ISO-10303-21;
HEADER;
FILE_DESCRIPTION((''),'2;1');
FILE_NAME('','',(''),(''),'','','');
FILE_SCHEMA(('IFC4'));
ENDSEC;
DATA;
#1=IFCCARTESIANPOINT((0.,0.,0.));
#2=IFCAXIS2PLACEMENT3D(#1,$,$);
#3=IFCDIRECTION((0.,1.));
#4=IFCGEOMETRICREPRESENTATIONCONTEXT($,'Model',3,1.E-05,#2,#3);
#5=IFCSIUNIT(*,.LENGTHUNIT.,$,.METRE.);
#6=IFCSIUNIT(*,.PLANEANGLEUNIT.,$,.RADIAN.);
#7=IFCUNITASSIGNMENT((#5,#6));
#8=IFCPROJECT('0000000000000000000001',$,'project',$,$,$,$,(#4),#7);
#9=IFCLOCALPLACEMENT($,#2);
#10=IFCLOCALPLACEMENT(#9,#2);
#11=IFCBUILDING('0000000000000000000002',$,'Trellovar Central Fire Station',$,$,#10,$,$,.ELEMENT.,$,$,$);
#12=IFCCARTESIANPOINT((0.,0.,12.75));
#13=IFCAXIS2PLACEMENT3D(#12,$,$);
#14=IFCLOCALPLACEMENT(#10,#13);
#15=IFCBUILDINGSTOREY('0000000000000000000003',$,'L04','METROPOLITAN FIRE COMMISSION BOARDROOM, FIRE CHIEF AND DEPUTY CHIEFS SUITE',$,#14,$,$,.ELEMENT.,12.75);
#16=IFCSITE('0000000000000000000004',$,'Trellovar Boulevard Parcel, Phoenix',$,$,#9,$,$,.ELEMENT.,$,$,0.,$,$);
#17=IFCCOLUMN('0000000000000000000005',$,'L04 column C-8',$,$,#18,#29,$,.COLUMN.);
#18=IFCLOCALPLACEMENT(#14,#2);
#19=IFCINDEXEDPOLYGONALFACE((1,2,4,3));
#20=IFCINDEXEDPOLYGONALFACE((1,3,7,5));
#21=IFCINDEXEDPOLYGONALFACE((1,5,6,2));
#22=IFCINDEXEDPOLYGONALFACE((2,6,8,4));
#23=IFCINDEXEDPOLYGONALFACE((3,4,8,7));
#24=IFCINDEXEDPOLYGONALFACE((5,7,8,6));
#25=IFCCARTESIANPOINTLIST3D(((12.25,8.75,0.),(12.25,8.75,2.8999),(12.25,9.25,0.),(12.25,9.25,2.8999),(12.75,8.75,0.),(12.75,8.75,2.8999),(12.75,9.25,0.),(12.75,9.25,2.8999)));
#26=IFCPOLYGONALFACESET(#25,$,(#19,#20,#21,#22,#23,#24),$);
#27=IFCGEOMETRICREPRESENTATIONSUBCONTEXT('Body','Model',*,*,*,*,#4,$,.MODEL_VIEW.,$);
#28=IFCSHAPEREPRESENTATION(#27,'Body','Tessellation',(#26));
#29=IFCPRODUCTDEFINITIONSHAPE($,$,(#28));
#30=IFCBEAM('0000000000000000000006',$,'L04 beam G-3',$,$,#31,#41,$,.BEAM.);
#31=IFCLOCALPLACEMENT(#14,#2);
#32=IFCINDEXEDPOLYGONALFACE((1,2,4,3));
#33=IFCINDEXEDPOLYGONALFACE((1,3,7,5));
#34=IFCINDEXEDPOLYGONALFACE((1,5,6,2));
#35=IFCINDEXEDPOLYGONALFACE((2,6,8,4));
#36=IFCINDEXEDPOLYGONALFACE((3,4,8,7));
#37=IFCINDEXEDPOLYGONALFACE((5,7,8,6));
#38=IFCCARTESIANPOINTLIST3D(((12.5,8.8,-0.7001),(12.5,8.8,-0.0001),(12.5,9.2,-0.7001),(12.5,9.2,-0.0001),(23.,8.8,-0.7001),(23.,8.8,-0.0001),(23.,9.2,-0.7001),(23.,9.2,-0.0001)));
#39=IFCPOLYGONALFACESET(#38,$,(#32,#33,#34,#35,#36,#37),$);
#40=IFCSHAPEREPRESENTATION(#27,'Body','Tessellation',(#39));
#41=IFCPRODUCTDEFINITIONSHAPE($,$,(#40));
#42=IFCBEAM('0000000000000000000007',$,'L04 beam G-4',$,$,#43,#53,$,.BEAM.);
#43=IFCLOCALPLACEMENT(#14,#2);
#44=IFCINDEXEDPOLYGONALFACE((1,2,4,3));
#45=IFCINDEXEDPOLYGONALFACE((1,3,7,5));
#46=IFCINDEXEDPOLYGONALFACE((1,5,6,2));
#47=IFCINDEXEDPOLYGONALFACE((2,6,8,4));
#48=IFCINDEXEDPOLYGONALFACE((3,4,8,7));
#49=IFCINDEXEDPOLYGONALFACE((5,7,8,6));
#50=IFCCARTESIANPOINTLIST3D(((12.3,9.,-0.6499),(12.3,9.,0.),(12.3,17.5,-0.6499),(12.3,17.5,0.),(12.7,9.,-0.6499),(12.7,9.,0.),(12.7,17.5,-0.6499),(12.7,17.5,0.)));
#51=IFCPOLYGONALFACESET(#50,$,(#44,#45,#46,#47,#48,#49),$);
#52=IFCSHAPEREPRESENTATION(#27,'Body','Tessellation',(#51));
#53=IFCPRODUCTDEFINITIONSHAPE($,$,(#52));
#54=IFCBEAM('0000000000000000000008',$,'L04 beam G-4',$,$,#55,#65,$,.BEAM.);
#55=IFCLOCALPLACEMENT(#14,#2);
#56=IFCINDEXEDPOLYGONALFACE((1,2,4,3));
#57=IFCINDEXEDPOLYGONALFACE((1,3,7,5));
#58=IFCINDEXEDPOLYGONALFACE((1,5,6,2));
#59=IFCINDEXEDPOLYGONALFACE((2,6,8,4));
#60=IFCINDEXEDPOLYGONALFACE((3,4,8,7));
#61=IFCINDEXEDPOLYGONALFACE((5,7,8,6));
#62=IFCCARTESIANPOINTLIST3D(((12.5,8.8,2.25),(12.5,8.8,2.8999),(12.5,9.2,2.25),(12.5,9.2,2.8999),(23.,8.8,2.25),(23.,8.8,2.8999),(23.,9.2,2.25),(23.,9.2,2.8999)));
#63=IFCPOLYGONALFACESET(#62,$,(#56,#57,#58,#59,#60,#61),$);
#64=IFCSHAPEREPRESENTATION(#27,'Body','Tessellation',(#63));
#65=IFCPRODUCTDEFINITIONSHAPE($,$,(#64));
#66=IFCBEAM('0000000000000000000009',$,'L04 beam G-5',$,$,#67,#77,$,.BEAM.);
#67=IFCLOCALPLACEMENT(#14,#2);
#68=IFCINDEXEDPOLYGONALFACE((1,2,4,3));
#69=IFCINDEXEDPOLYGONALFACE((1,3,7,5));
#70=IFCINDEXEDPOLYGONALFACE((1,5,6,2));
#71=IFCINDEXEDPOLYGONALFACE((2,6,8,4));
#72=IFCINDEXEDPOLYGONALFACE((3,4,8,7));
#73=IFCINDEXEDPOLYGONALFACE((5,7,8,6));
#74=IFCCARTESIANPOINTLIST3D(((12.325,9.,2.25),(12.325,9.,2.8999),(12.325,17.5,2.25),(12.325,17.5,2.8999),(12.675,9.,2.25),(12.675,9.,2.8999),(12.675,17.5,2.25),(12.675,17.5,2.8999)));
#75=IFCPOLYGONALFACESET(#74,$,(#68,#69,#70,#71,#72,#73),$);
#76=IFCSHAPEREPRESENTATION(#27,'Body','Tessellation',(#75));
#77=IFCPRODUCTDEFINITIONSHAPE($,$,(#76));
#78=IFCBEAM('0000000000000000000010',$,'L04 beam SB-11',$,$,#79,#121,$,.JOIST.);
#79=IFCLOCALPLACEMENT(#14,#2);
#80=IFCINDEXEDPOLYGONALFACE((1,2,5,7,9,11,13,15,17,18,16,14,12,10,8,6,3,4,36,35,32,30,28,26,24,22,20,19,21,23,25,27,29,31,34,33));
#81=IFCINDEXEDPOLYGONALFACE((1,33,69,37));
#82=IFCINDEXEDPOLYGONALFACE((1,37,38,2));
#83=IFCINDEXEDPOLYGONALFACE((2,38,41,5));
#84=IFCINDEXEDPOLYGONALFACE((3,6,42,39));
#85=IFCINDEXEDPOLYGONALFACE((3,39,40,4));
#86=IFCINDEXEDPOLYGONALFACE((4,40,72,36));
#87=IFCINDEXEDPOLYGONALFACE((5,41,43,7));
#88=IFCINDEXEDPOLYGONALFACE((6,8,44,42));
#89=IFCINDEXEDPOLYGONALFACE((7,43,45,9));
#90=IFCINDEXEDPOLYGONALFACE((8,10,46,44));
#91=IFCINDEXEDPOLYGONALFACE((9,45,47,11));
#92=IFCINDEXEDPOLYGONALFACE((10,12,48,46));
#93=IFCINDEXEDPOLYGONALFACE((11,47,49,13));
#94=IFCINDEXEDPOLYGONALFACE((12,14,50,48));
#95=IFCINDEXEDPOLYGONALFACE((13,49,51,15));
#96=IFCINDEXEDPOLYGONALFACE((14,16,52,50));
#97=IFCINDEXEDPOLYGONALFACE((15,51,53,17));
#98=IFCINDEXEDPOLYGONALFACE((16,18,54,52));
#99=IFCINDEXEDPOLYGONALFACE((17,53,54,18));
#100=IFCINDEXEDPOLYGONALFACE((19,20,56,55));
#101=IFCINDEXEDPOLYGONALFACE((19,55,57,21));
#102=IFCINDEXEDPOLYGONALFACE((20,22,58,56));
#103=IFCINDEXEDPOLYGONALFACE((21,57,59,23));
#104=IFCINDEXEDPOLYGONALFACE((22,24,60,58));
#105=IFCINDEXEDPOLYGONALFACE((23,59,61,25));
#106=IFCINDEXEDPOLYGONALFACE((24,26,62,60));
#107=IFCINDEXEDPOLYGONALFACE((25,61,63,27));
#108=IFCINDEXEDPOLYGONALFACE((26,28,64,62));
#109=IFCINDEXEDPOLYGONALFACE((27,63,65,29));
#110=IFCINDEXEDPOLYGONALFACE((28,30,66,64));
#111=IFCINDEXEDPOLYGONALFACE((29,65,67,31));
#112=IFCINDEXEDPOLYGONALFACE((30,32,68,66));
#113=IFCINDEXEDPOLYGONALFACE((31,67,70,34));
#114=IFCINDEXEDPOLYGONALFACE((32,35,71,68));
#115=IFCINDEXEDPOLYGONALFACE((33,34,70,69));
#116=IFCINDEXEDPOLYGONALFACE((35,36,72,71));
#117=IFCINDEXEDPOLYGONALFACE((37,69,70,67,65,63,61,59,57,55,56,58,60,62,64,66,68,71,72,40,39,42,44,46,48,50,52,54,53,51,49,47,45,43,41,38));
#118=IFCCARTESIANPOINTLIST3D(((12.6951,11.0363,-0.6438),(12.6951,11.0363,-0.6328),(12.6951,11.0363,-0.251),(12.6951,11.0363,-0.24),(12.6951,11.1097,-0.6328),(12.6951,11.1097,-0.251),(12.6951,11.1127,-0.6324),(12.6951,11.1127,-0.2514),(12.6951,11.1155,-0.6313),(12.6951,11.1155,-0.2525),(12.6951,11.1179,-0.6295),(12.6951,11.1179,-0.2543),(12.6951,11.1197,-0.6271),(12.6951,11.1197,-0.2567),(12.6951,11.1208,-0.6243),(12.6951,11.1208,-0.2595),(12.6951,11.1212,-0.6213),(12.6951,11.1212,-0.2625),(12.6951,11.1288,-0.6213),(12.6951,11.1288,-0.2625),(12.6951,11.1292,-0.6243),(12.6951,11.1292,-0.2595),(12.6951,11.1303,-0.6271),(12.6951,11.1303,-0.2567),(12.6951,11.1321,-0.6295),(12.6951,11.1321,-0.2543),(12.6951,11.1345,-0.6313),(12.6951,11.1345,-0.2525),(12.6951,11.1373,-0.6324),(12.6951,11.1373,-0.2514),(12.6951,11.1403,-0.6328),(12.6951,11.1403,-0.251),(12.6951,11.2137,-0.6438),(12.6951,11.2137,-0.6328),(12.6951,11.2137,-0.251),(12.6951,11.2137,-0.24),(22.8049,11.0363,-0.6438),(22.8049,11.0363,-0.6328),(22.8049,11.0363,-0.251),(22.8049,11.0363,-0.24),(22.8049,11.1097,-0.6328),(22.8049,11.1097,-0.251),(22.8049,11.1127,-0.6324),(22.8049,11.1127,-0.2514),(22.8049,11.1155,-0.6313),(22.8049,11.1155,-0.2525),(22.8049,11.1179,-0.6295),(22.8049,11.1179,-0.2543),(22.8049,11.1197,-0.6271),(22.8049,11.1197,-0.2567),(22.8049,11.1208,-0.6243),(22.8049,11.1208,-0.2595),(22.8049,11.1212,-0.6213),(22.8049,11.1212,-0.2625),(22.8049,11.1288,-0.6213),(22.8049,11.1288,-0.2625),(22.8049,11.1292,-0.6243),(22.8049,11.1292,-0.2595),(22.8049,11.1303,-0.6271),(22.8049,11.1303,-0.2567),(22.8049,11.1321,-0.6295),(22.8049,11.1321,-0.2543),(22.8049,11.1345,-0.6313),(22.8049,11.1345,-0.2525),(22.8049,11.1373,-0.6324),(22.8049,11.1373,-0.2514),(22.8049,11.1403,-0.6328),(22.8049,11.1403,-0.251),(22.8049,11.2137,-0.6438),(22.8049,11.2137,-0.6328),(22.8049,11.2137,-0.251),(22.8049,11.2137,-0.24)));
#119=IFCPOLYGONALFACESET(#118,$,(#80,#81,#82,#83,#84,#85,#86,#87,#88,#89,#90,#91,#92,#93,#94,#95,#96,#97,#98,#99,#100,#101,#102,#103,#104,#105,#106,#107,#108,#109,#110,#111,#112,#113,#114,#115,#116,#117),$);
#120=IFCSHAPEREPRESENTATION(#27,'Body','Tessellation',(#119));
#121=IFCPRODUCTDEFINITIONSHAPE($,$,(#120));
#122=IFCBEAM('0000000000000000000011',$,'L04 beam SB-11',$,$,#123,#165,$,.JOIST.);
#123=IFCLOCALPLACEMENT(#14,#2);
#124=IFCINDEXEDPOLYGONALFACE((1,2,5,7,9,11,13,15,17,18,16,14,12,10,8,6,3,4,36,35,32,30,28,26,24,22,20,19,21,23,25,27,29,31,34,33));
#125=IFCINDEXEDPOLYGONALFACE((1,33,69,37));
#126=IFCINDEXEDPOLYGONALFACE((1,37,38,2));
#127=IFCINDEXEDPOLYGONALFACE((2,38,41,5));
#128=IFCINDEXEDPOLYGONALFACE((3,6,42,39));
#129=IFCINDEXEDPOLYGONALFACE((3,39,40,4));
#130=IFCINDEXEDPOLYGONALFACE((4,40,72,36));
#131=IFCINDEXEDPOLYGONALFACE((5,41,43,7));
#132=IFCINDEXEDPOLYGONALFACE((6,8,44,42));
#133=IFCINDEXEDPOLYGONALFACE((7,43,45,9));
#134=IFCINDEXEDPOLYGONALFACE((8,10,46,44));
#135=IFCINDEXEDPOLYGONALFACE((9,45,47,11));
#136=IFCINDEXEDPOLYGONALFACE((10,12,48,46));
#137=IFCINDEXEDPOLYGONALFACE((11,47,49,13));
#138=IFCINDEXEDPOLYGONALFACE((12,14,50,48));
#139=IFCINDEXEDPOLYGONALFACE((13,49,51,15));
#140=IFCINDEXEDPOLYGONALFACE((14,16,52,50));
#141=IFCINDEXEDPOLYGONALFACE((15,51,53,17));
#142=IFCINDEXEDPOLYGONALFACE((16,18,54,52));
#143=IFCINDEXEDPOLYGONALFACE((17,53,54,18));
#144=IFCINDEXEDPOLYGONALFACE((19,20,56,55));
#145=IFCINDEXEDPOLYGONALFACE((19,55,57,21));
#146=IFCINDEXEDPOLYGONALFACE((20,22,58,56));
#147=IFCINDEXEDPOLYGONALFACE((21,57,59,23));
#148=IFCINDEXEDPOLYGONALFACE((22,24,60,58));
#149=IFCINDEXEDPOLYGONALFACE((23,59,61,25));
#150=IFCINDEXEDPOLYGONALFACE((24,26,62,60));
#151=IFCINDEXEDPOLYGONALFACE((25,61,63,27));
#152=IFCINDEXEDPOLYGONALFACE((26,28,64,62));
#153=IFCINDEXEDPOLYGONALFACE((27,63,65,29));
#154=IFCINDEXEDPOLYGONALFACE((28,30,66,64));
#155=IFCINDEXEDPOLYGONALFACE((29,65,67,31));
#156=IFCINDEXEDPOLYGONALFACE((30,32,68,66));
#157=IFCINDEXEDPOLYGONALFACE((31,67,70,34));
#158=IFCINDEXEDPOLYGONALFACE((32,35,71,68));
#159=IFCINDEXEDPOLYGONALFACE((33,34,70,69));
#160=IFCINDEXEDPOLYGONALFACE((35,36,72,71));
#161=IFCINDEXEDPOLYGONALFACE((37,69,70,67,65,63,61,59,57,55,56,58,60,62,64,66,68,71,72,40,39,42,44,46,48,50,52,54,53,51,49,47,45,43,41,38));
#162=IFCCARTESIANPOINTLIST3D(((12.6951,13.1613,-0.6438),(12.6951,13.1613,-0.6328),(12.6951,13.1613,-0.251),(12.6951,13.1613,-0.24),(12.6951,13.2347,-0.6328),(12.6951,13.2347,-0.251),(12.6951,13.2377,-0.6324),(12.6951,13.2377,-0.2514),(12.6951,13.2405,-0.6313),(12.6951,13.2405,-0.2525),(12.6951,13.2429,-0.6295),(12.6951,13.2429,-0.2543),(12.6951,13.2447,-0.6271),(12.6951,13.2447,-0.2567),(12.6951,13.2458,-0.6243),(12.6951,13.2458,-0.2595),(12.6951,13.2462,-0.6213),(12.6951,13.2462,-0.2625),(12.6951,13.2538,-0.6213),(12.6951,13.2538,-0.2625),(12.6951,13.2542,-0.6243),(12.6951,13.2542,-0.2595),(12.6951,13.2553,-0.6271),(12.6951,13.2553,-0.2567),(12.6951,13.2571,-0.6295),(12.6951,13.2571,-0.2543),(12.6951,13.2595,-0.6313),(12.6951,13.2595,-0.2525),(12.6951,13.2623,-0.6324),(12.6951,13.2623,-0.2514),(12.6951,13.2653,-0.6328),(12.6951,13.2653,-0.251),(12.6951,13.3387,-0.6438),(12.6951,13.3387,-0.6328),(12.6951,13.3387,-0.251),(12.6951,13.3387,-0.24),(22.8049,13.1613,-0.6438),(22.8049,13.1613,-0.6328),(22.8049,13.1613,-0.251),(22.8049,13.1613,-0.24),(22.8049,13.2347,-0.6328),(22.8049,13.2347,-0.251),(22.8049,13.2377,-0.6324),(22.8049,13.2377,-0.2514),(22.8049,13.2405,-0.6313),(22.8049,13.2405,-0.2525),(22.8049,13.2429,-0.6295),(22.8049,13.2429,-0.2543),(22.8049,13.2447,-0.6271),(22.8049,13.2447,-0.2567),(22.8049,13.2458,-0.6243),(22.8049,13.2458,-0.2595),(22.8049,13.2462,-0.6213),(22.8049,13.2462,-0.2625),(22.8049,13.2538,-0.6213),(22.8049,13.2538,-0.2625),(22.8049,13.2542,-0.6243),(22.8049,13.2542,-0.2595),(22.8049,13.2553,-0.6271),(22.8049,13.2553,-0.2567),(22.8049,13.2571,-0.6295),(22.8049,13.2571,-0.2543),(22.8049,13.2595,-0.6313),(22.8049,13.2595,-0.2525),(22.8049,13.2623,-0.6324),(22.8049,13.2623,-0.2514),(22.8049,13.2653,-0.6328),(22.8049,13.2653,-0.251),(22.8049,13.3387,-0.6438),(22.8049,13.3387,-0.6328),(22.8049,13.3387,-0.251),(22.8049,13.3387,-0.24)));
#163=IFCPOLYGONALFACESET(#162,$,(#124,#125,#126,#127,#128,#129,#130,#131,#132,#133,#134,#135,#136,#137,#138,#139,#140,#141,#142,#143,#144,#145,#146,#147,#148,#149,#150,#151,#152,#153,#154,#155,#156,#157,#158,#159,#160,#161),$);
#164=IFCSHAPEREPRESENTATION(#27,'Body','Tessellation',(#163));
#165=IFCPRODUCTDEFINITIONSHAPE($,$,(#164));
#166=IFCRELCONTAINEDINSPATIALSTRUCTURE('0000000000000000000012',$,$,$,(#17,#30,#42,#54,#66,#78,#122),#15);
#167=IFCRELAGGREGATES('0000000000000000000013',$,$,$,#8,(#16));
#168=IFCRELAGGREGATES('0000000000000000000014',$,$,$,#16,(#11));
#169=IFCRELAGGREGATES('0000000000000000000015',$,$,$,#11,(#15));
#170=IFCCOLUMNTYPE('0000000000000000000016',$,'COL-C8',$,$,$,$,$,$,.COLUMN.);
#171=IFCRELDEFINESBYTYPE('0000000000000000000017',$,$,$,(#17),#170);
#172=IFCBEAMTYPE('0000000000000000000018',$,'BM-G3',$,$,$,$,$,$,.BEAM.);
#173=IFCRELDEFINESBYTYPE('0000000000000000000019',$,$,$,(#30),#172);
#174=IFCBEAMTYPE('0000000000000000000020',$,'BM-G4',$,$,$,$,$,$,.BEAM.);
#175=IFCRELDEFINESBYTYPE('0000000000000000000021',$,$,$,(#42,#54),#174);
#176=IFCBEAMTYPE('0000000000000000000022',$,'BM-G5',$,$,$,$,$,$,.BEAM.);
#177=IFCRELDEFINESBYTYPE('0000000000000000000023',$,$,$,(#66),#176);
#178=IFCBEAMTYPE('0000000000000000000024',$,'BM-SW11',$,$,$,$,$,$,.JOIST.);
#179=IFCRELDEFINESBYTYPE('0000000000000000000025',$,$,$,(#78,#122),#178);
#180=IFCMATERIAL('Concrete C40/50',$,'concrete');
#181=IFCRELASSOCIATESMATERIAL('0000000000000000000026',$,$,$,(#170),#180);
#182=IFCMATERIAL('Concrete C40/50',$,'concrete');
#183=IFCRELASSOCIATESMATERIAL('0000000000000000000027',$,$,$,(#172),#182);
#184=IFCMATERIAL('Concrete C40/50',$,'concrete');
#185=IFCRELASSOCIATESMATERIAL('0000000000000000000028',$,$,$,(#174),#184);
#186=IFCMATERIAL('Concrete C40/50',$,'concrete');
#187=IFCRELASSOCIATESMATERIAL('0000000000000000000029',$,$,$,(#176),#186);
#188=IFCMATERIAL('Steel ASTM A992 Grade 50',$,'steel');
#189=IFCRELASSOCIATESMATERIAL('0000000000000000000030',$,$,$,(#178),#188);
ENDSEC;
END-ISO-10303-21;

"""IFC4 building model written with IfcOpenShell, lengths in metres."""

from ifc_helpers import new_model, si_unit, direction, frame, origin, origin_2d, place, context, subcontext, project, spatial, rectangle, i_section, extrude, material, material_profile, profile_set, type_object, element, save


model = new_model("IFC4")

# Units and contexts
model_context = context("Model", 3, precision=1e-05, world=origin(), true_north=direction((0.0, 1.0)))
body_context = subcontext(model_context, "Body", "Model", "MODEL_VIEW")
ifc_project = project(units=[si_unit("LENGTHUNIT", "METRE"), si_unit("PLANEANGLEUNIT", "RADIAN")], contexts=[model_context])

# Site, building, storey
site_placement = place(None, origin())
site = spatial("IfcSite", under=ifc_project, at=site_placement, Name="Trellovar Boulevard Parcel, Phoenix", CompositionType="ELEMENT", RefElevation=0.0)
building_placement = place(site_placement, origin())
building = spatial("IfcBuilding", under=site, at=building_placement, Name="Trellovar Central Fire Station", CompositionType="ELEMENT")
storey_placement = place(building_placement, frame((0.0, 0.0, 12.75)))
storey = spatial("IfcBuildingStorey", under=building, at=storey_placement, Name="L04", Description="METROPOLITAN FIRE COMMISSION BOARDROOM, FIRE CHIEF AND DEPUTY CHIEFS SUITE", CompositionType="ELEMENT", Elevation=12.75)

# Column
ifc_material_1 = material(Name="Concrete C40/50", Category="concrete")
ifc_material_profile_1 = material_profile(ifc_material_1, rectangle(XDim=0.5, YDim=0.5, at=origin_2d()), Name="RC500X500")
ifc_profile_set_1 = profile_set([ifc_material_profile_1], Name="Concrete C40/50")
column_type = type_object("IfcColumnType", Name="COL-C8", PredefinedType="COLUMN", material=ifc_profile_set_1)
column_placement = place(storey_placement, frame((12.5, 9.0, 0.0), z_axis=(0.0, 0.0, 1.0), x_axis=(1.0, 0.0, 0.0)))
element("IfcColumn", 1, at=column_placement, inside=storey, type_object=column_type, Name="L04 column C-8", PredefinedType="COLUMN", context=body_context, shape_type="SweptSolid", body=[
    extrude(rectangle(XDim=0.5, YDim=0.5, at=origin_2d()), origin(), (0.0, 0.0, 1.0), 2.8999),
])

# Beams
ifc_material_2 = material(Name="Concrete C40/50", Category="concrete")
ifc_material_profile_2 = material_profile(ifc_material_2, rectangle(XDim=0.3999, YDim=0.7, at=origin_2d()), Name="RC400X700")
ifc_profile_set_2 = profile_set([ifc_material_profile_2], Name="Concrete C40/50")
beam_type_1 = type_object("IfcBeamType", Name="BM-G3", PredefinedType="BEAM", material=ifc_profile_set_2)
beam_1_placement = place(storey_placement, frame((12.5, 9.0, -0.3501), z_axis=(1.0, 0.0, 0.0), x_axis=(0.0, 1.0, 0.0)))
element("IfcBeam", 2, at=beam_1_placement, inside=storey, type_object=beam_type_1, Name="L04 beam G-3", PredefinedType="BEAM", context=body_context, shape_type="SweptSolid", body=[
    extrude(rectangle(XDim=0.3999, YDim=0.7, at=origin_2d()), origin(), (0.0, 0.0, 1.0), 10.5),
])
ifc_material_3 = material(Name="Concrete C40/50", Category="concrete")
ifc_material_profile_3 = material_profile(ifc_material_3, rectangle(XDim=0.3999, YDim=0.6499, at=origin_2d()), Name="RC400X650")
ifc_profile_set_3 = profile_set([ifc_material_profile_3], Name="Concrete C40/50")
beam_type_2 = type_object("IfcBeamType", Name="BM-G4", PredefinedType="BEAM", material=ifc_profile_set_3)
beam_2_placement = place(storey_placement, frame((12.5, 9.0, -0.325), z_axis=(0.0, 1.0, 0.0), x_axis=(-1.0, 0.0, 0.0)))
element("IfcBeam", 3, at=beam_2_placement, inside=storey, type_object=beam_type_2, Name="L04 beam G-4", PredefinedType="BEAM", context=body_context, shape_type="SweptSolid", body=[
    extrude(rectangle(XDim=0.3999, YDim=0.6499, at=origin_2d()), origin(), (0.0, 0.0, 1.0), 8.5),
])
beam_3_placement = place(storey_placement, frame((12.5, 9.0, 2.575), z_axis=(1.0, 0.0, 0.0), x_axis=(0.0, 1.0, 0.0)))
element("IfcBeam", 4, at=beam_3_placement, inside=storey, type_object=beam_type_2, Name="L04 beam G-4", PredefinedType="BEAM", context=body_context, shape_type="SweptSolid", body=[
    extrude(rectangle(XDim=0.3999, YDim=0.6499, at=origin_2d()), origin(), (0.0, 0.0, 1.0), 10.5),
])
ifc_material_4 = material(Name="Concrete C40/50", Category="concrete")
ifc_material_profile_4 = material_profile(ifc_material_4, rectangle(XDim=0.3501, YDim=0.6499, at=origin_2d()), Name="RC350X650")
ifc_profile_set_4 = profile_set([ifc_material_profile_4], Name="Concrete C40/50")
beam_type_3 = type_object("IfcBeamType", Name="BM-G5", PredefinedType="BEAM", material=ifc_profile_set_4)
beam_4_placement = place(storey_placement, frame((12.5, 9.0, 2.575), z_axis=(0.0, 1.0, 0.0), x_axis=(-1.0, 0.0, 0.0)))
element("IfcBeam", 5, at=beam_4_placement, inside=storey, type_object=beam_type_3, Name="L04 beam G-5", PredefinedType="BEAM", context=body_context, shape_type="SweptSolid", body=[
    extrude(rectangle(XDim=0.3501, YDim=0.6499, at=origin_2d()), origin(), (0.0, 0.0, 1.0), 8.5),
])
ifc_material_5 = material(Name="Steel ASTM A992 Grade 50", Category="steel")
ifc_material_profile_5 = material_profile(ifc_material_5, i_section(OverallWidth=0.1775, OverallDepth=0.4038, WebThickness=0.0076, FlangeThickness=0.011, FilletRadius=0.0115, at=origin_2d()), Name="W16X36")
ifc_profile_set_5 = profile_set([ifc_material_profile_5], Name="Steel ASTM A992 Grade 50")
beam_type_4 = type_object("IfcBeamType", Name="BM-SW11", PredefinedType="JOIST", material=ifc_profile_set_5)
for number, where, z_axis, x_axis, name in (
    (6, (12.6951, 11.125, -0.4419), (1.0, 0.0, 0.0), (0.0, 1.0, 0.0), "L04 beam SB-11"),
    (7, (12.6951, 13.25, -0.4419), (1.0, 0.0, 0.0), (0.0, 1.0, 0.0), "L04 beam SB-11"),
):
    element("IfcBeam", number, at=place(storey_placement, frame(where, z_axis=z_axis, x_axis=x_axis)), inside=storey, type_object=beam_type_4, Name=name, PredefinedType="JOIST", context=body_context, shape_type="SweptSolid", body=[
        extrude(i_section(OverallWidth=0.1775, OverallDepth=0.4038, WebThickness=0.0076, FlangeThickness=0.011, FilletRadius=0.0115, at=origin_2d()), origin(), (0.0, 0.0, 1.0), 10.1099),
    ])

save(model, "model.ifc")
